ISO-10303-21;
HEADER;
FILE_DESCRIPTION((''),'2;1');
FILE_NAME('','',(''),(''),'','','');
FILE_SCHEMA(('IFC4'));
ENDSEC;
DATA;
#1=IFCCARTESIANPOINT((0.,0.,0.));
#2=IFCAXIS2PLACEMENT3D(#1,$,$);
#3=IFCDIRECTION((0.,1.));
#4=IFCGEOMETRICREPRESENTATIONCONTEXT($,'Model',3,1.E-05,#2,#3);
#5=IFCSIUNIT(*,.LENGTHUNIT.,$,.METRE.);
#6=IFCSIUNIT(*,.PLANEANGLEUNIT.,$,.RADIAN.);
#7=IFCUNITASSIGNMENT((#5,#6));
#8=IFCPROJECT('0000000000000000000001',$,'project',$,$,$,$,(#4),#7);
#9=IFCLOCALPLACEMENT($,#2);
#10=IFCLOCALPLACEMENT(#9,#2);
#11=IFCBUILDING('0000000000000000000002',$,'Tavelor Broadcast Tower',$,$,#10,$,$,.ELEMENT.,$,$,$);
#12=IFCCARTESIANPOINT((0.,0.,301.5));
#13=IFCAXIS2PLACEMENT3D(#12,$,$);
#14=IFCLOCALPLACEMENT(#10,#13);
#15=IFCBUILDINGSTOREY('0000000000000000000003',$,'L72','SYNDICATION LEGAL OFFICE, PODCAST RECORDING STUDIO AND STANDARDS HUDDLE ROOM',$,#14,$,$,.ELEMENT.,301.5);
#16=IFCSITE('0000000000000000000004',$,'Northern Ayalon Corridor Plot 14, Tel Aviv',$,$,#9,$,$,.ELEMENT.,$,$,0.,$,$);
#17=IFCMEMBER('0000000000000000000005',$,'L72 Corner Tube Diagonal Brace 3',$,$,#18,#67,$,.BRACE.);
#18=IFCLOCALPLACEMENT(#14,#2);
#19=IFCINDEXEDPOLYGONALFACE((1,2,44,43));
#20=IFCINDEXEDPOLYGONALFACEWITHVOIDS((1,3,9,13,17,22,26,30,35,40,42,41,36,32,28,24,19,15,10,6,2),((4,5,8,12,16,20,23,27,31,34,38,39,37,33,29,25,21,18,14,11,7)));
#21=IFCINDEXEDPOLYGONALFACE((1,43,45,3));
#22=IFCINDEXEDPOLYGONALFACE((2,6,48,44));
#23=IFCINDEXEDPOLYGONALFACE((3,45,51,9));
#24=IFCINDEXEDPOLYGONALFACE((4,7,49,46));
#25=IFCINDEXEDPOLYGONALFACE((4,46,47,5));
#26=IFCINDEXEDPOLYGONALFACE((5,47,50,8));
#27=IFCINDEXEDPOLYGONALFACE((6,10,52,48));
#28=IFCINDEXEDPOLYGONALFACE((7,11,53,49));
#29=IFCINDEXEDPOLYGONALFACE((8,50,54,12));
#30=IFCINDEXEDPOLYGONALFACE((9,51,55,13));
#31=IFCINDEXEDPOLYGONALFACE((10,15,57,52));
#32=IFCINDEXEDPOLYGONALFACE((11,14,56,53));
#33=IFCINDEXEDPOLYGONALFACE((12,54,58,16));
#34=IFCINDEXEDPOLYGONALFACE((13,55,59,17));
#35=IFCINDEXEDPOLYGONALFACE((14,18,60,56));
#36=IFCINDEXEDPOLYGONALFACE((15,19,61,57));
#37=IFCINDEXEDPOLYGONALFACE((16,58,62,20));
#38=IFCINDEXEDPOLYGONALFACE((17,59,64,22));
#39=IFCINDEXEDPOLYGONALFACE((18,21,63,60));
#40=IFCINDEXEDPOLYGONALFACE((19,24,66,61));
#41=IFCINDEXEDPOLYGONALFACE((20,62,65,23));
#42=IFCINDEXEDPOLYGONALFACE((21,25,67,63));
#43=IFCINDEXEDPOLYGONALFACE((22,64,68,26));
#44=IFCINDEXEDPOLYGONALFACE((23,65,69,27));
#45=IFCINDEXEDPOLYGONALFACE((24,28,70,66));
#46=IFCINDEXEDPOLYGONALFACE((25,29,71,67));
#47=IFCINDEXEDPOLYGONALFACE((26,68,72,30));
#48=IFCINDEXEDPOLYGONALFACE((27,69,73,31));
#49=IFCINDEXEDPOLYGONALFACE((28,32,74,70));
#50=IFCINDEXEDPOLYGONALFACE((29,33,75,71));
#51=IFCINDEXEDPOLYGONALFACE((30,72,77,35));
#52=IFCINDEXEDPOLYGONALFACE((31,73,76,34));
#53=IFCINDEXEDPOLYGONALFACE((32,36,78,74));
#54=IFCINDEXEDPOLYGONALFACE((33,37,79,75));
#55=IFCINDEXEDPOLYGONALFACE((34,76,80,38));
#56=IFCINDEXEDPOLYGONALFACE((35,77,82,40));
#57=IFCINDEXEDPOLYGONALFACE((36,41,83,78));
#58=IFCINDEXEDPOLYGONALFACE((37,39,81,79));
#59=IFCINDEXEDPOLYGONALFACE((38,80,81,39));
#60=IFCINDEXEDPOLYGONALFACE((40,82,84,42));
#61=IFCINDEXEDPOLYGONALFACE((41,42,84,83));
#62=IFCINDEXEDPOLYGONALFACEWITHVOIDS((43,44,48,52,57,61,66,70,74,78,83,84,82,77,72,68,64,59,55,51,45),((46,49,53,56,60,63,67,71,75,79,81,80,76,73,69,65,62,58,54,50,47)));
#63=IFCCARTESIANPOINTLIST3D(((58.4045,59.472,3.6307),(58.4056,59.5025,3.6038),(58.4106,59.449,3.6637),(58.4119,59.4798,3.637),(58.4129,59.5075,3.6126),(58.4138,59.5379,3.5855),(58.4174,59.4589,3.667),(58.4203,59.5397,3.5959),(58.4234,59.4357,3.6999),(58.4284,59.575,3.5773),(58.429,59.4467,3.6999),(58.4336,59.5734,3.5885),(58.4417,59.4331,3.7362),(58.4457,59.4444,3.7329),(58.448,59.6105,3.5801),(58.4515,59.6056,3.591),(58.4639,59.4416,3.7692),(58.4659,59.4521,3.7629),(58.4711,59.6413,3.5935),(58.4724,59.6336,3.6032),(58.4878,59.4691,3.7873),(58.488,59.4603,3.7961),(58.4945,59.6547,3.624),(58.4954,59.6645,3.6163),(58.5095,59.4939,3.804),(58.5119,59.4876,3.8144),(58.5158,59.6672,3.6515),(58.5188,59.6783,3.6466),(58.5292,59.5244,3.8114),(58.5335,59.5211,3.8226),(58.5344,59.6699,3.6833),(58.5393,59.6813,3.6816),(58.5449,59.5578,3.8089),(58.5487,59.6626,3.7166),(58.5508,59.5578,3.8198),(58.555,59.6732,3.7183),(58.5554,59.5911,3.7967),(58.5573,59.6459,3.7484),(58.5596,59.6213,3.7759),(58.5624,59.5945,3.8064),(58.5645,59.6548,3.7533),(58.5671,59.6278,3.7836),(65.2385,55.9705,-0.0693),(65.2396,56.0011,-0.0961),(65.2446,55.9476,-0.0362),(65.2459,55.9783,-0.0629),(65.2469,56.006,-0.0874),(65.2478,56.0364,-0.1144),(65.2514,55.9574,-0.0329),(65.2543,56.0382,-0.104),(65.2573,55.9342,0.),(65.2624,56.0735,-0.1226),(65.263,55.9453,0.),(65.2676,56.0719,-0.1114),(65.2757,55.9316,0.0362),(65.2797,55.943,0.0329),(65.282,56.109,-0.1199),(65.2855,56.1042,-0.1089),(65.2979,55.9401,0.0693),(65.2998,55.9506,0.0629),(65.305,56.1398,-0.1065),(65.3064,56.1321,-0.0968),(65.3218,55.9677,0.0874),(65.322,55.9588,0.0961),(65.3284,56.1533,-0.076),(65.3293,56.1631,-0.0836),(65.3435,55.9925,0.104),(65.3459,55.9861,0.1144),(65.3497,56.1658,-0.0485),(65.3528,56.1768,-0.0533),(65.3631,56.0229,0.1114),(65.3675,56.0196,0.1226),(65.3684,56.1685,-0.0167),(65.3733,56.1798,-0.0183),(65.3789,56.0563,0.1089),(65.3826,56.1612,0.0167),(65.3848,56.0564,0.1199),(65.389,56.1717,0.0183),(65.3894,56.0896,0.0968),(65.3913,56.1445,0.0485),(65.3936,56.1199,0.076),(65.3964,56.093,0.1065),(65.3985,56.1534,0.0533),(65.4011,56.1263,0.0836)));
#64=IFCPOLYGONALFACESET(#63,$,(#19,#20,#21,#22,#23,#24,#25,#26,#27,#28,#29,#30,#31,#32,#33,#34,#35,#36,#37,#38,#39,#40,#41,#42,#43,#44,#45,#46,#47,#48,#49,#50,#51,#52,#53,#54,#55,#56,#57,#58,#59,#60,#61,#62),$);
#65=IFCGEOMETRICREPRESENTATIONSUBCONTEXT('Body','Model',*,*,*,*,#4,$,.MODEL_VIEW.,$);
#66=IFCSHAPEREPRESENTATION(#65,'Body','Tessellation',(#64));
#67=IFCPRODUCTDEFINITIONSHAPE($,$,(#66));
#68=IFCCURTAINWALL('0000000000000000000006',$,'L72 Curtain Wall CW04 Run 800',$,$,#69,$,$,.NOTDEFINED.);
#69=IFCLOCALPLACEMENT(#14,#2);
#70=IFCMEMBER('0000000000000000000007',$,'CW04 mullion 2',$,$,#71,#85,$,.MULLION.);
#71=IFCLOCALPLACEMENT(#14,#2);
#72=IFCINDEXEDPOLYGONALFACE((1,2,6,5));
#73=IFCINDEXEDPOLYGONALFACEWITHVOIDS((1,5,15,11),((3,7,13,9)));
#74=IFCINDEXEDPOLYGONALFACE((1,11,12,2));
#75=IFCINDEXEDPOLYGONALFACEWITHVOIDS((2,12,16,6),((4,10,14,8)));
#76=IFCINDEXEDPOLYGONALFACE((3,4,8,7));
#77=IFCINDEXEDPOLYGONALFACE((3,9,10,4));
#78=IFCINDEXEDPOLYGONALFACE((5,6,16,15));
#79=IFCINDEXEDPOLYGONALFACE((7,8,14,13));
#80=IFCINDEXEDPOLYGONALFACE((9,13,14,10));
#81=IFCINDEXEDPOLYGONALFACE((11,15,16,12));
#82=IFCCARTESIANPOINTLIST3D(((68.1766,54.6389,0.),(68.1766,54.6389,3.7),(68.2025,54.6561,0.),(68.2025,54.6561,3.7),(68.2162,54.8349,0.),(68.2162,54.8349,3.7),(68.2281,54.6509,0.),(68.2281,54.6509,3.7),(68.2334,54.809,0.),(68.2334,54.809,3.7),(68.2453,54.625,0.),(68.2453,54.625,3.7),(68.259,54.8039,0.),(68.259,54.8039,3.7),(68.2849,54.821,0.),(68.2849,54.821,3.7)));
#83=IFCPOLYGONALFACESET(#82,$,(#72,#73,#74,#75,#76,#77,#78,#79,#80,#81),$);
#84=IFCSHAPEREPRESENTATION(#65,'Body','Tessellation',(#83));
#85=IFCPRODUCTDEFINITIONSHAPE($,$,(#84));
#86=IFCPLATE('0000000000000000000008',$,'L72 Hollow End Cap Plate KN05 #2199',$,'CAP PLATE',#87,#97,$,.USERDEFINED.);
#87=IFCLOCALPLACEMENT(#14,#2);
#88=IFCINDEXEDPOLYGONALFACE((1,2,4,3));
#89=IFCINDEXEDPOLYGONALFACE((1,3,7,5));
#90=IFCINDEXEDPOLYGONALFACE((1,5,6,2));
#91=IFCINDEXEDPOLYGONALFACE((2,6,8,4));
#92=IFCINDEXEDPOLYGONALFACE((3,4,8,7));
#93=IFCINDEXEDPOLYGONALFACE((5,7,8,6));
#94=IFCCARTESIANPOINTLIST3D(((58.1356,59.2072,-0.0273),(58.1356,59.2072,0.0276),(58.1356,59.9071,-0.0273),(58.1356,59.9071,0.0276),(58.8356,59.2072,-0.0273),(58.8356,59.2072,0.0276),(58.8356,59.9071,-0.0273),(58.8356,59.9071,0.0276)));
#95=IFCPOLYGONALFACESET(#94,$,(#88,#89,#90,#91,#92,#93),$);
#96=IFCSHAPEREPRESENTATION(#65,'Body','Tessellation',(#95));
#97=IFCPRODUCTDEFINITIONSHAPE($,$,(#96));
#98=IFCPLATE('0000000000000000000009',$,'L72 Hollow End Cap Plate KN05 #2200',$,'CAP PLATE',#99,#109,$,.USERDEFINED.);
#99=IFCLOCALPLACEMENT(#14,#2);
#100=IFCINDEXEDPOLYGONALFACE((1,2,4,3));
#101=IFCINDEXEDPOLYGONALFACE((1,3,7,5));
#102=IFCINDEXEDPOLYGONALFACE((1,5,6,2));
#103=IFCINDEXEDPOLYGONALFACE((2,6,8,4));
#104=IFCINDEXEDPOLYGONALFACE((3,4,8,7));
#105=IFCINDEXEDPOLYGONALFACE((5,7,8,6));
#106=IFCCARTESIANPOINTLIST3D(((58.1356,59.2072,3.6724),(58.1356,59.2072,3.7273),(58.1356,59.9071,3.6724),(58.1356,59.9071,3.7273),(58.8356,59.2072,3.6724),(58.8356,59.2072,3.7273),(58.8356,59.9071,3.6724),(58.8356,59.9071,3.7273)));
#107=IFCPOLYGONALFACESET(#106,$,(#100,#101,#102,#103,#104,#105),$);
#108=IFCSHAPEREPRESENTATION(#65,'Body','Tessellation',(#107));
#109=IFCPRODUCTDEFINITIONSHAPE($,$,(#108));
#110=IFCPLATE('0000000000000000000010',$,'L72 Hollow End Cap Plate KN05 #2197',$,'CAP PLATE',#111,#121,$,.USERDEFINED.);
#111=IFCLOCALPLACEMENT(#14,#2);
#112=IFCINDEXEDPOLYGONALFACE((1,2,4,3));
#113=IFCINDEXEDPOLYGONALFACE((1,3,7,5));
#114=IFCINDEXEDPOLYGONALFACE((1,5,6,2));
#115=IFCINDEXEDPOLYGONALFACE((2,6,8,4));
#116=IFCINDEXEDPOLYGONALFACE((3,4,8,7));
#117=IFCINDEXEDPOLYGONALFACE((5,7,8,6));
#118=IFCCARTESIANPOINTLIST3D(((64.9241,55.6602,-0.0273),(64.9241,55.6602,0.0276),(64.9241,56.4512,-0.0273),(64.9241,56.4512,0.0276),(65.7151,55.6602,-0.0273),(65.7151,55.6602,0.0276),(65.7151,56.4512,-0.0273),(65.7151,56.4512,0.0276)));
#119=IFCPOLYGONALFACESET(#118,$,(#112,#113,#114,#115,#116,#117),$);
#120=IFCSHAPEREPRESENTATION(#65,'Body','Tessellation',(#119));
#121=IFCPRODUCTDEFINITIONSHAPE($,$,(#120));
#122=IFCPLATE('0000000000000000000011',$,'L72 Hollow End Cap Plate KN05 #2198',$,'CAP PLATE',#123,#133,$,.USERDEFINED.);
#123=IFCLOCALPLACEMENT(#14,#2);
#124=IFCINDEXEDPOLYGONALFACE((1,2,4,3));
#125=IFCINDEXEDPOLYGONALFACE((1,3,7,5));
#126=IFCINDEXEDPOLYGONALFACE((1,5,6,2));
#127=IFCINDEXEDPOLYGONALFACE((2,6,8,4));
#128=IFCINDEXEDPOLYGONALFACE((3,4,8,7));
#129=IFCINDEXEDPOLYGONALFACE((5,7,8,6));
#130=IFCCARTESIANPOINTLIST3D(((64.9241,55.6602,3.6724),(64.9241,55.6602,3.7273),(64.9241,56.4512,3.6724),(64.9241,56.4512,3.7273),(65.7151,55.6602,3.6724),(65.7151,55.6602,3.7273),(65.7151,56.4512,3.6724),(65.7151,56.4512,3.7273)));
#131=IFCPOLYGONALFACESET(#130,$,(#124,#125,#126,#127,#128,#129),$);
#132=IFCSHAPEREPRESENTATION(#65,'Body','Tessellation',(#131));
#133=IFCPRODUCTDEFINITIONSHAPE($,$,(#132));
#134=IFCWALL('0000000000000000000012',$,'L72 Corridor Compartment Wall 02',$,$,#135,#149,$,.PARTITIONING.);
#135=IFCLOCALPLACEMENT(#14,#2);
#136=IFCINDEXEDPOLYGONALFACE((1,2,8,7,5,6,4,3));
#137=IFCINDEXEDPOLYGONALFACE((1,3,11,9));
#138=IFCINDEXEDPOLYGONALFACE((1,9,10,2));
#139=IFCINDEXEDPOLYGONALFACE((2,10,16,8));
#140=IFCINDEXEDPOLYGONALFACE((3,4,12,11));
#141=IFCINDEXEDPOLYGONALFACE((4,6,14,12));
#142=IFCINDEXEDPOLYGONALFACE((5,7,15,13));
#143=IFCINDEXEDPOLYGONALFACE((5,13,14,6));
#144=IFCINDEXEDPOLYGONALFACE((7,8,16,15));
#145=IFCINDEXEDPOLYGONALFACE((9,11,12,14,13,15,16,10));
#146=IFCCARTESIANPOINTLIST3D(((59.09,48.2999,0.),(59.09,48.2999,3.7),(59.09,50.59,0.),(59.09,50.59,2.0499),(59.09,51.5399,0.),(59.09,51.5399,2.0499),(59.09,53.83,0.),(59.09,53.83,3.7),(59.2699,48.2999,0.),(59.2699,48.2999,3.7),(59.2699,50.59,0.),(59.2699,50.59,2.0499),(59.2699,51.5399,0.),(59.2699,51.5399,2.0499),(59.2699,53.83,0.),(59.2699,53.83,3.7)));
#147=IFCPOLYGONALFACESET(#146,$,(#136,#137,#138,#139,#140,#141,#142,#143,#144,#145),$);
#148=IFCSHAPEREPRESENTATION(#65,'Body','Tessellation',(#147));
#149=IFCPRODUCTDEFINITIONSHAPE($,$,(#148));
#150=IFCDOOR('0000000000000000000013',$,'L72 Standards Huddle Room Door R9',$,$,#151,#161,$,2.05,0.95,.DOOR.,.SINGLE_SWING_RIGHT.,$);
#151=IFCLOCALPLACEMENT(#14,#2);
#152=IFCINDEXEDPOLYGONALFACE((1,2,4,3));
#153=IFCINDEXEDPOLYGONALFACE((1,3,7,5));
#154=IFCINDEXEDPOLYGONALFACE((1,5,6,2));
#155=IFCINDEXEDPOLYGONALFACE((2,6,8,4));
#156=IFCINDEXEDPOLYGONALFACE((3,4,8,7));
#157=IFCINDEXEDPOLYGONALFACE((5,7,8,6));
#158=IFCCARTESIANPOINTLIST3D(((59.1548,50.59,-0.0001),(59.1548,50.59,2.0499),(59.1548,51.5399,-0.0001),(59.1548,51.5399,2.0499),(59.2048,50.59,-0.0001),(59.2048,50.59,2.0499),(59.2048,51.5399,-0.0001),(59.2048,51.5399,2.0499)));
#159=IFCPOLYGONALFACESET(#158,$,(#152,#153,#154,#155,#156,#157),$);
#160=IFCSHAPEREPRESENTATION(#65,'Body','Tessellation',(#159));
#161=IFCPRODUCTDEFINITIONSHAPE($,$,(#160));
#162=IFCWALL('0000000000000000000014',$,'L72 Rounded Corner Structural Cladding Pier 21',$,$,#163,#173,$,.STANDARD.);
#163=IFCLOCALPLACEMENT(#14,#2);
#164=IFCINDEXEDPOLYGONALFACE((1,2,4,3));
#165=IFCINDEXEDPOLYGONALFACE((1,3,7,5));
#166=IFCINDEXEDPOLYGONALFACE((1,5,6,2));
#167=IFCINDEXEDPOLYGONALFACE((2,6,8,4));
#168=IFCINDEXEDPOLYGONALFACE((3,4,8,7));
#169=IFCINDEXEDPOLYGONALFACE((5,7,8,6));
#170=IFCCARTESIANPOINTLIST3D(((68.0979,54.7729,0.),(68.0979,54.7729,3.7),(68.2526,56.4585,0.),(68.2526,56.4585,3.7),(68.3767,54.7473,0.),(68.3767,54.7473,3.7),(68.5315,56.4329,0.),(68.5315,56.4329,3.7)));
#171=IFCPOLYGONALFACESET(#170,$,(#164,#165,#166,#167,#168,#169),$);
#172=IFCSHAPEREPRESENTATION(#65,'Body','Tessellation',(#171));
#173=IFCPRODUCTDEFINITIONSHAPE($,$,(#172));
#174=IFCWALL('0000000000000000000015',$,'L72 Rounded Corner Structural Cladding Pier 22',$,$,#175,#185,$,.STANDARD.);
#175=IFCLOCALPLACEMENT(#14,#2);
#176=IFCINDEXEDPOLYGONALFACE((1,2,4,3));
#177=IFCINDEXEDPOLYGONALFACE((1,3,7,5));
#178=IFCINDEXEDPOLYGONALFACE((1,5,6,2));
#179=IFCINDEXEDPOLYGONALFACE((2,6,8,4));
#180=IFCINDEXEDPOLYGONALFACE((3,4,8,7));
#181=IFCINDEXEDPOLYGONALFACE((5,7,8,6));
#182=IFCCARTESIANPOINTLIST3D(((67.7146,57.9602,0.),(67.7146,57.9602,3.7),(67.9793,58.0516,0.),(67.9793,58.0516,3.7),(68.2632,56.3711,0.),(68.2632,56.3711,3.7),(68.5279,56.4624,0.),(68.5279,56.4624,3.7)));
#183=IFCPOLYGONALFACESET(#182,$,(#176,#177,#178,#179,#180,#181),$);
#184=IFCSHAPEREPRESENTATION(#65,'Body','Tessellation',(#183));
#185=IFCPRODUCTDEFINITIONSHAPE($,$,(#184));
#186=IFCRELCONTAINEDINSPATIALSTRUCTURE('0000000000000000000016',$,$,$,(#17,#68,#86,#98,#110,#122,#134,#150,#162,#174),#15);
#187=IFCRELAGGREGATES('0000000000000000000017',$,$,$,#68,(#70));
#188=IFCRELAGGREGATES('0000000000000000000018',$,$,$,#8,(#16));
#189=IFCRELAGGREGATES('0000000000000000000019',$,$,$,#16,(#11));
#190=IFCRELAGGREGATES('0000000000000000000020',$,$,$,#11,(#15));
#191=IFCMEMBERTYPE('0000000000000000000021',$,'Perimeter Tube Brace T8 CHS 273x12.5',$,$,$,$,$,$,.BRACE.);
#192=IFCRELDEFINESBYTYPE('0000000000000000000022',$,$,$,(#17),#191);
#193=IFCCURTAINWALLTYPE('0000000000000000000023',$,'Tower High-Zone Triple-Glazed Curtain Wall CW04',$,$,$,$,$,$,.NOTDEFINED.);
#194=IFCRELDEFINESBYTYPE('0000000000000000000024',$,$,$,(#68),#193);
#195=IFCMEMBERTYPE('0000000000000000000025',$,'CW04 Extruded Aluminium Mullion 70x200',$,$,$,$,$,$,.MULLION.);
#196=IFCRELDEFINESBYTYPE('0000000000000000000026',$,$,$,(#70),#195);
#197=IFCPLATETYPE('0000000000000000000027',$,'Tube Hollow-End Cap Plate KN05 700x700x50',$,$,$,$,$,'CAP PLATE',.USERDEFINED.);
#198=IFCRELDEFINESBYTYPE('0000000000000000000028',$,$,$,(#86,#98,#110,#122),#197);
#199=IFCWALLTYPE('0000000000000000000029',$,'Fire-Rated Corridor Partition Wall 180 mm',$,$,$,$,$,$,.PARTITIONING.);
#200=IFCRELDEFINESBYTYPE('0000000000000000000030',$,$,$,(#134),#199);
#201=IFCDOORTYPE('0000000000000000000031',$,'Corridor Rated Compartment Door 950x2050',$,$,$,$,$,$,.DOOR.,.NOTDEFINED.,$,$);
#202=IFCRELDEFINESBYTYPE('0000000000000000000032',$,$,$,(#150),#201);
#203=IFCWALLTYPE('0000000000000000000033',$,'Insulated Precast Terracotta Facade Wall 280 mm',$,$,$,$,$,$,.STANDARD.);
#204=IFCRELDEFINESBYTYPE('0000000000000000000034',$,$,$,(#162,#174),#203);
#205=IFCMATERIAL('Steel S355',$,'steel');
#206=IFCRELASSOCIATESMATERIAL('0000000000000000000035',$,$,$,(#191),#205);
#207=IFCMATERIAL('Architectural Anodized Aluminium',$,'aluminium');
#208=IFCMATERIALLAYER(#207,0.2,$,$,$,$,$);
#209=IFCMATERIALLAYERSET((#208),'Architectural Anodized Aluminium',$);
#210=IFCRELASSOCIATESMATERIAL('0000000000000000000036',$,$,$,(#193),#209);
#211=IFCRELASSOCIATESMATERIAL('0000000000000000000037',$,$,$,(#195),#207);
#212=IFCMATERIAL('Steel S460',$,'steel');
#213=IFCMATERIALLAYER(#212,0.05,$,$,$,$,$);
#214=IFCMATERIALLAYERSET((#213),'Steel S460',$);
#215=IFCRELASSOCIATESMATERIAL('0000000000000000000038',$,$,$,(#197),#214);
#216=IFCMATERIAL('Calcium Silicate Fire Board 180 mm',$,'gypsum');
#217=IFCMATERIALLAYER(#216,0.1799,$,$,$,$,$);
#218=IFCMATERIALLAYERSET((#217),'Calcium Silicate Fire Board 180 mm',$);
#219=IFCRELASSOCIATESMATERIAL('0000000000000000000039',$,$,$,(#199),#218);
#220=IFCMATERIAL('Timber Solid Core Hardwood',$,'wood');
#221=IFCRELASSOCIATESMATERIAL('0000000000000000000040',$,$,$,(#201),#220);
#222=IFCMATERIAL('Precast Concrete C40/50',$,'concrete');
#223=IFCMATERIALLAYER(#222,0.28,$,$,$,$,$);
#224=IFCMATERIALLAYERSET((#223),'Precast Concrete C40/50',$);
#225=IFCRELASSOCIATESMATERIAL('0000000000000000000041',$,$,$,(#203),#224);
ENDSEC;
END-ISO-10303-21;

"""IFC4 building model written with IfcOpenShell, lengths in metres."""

from ifc_helpers import new_model, si_unit, direction, frame, frame_2d, origin, origin_2d, place, context, subcontext, project, spatial, rectangle, hollow_rectangle, hollow_circle, extrude, source, transform, mapped, material, layer, layer_set, material_profile, profile_set, type_object, type_shapes, element, fill, aggregate, save


model = new_model("IFC4")

# Units and contexts
model_context = context("Model", 3, precision=1e-05, world=origin(), true_north=direction((0.0, 1.0)))
body_context = subcontext(model_context, "Body", "Model", "MODEL_VIEW")
ifc_project = project(units=[si_unit("LENGTHUNIT", "METRE"), si_unit("PLANEANGLEUNIT", "RADIAN")], contexts=[model_context])

# Site, building, storey
site_placement = place(None, origin())
site = spatial("IfcSite", under=ifc_project, at=site_placement, Name="Northern Ayalon Corridor Plot 14, Tel Aviv", CompositionType="ELEMENT", RefElevation=0.0)
building_placement = place(site_placement, origin())
building = spatial("IfcBuilding", under=site, at=building_placement, Name="Tavelor Broadcast Tower", CompositionType="ELEMENT")
storey_placement = place(building_placement, frame((0.0, 0.0, 301.5)))
storey = spatial("IfcBuildingStorey", under=building, at=storey_placement, Name="L72", Description="SYNDICATION LEGAL OFFICE, PODCAST RECORDING STUDIO AND STANDARDS HUDDLE ROOM", CompositionType="ELEMENT", Elevation=301.5)

# Shared definitions
ifc_material_1 = material(Name="Steel S460", Category="steel")

# Shared definitions
ifc_material_2 = material(Name="Steel S355", Category="steel")

# Member
ifc_material_profile_1 = material_profile(ifc_material_2, hollow_circle(Radius=0.1365, WallThickness=0.0125, at=origin_2d()), Name="CHS 273x12.5")
ifc_profile_set_1 = profile_set([ifc_material_profile_1], Name="Steel S355")
member_type_1 = type_object("IfcMemberType", Name="Perimeter Tube Brace T8 CHS 273x12.5", PredefinedType="BRACE", material=ifc_profile_set_1)
member_1_placement = place(storey_placement, frame((65.3196, 56.0557, 0.0), z_axis=(-0.801764, 0.410792, 0.434079), x_axis=(-0.455993, -0.889984, 0.0)))
element("IfcMember", 1, at=member_1_placement, inside=storey, type_object=member_type_1, Name="L72 Corner Tube Diagonal Brace 3", PredefinedType="BRACE", context=body_context, shape_type="SweptSolid", body=[
    extrude(hollow_circle(Radius=0.1365, WallThickness=0.0125, at=origin_2d()), origin(), (0.0, 0.0, 1.0), 8.5237),
])

# Curtain wall, member
ifc_material_3 = material(Name="Architectural Anodized Aluminium", Category="aluminium")
ifc_layer_1 = layer(ifc_material_3, 0.2)
ifc_layer_set_1 = layer_set([ifc_layer_1], Name="Architectural Anodized Aluminium")
curtain_wall_type = type_object("IfcCurtainWallType", Name="Tower High-Zone Triple-Glazed Curtain Wall CW04", PredefinedType="NOTDEFINED", material=ifc_layer_set_1)
curtain_wall_placement = place(storey_placement, origin())
curtain_wall = element("IfcCurtainWall", 2, at=curtain_wall_placement, inside=storey, type_object=curtain_wall_type, Name="L72 Curtain Wall CW04 Run 800", PredefinedType="NOTDEFINED")
ifc_material_profile_2 = material_profile(ifc_material_3, hollow_rectangle(XDim=0.0701, YDim=0.2, WallThickness=0.022, at=origin_2d()), Name="RHS 70x200x22")
ifc_profile_set_2 = profile_set([ifc_material_profile_2], Name="Architectural Anodized Aluminium")
member_type_2 = type_object("IfcMemberType", Name="CW04 Extruded Aluminium Mullion 70x200", PredefinedType="MULLION", material=ifc_profile_set_2)
shared_shape_1 = source(origin(), body_context, "Body", "SweptSolid", [
    extrude(hollow_rectangle(XDim=0.0701, YDim=0.2, WallThickness=0.022, at=origin_2d()), origin(), (0.0, 0.0, 1.0), 3.7),
])
type_shapes(member_type_2, [shared_shape_1])
member_2_placement = place(storey_placement, frame((68.2307, 54.73, 0.0), z_axis=(0.0, 0.0, 1.0), x_axis=(-0.980188, 0.198071, 0.0)))
member_2 = element("IfcMember", 3, at=member_2_placement, type_object=member_type_2, Name="CW04 mullion 2", PredefinedType="MULLION", context=body_context, shape_type="MappedRepresentation", body=[
    mapped(shared_shape_1, transform((0.0, 0.0, 0.0), scale=1.0)),
])
aggregate(curtain_wall, [member_2])

# Plates
ifc_layer_2 = layer(ifc_material_1, 0.05)
ifc_layer_set_2 = layer_set([ifc_layer_2], Name="Steel S460")
plate_type = type_object("IfcPlateType", Name="Tube Hollow-End Cap Plate KN05 700x700x50", ElementType="CAP PLATE", PredefinedType="USERDEFINED", material=ifc_layer_set_2)
shared_shape_2 = source(origin(), body_context, "Body", "SweptSolid", [
    extrude(rectangle(XDim=0.7, YDim=0.7, at=origin_2d()), origin(), (0.0, 0.0, 1.0), 0.0549),
])
for number, where, z_axis, x_axis, name in (
    (4, (58.4856, 59.5571, -0.0273), (0.0, 0.0, 1.0), (1.0, 0.0, 0.0), "L72 Hollow End Cap Plate KN05 #2199"),
    (5, (58.4856, 59.5571, 3.6724), (0.0, 0.0, 1.0), (1.0, 0.0, 0.0), "L72 Hollow End Cap Plate KN05 #2200"),
):
    element("IfcPlate", number, at=place(storey_placement, frame(where, z_axis=z_axis, x_axis=x_axis)), inside=storey, type_object=plate_type, Name=name, ObjectType="CAP PLATE", PredefinedType="USERDEFINED", context=body_context, shape_type="MappedRepresentation", body=[
        mapped(shared_shape_2, transform((0.0, 0.0, 0.0), scale=1.0)),
    ])
shared_shape_3 = source(origin(), body_context, "Body", "SweptSolid", [
    extrude(rectangle(XDim=0.791, YDim=0.791, at=origin_2d()), origin(), (0.0, 0.0, 1.0), 0.0549),
])
type_shapes(plate_type, [shared_shape_2, shared_shape_3])
for number, where, z_axis, x_axis, name in (
    (6, (65.3196, 56.0557, -0.0273), (0.0, 0.0, 1.0), (1.0, 0.0, 0.0), "L72 Hollow End Cap Plate KN05 #2197"),
    (7, (65.3196, 56.0557, 3.6724), (0.0, 0.0, 1.0), (1.0, 0.0, 0.0), "L72 Hollow End Cap Plate KN05 #2198"),
):
    element("IfcPlate", number, at=place(storey_placement, frame(where, z_axis=z_axis, x_axis=x_axis)), inside=storey, type_object=plate_type, Name=name, ObjectType="CAP PLATE", PredefinedType="USERDEFINED", context=body_context, shape_type="MappedRepresentation", body=[
        mapped(shared_shape_3, transform((0.0, 0.0, 0.0), scale=1.0)),
    ])

# Wall, opening, door
ifc_material_4 = material(Name="Calcium Silicate Fire Board 180 mm", Category="gypsum")
ifc_layer_3 = layer(ifc_material_4, 0.1799)
ifc_layer_set_3 = layer_set([ifc_layer_3], Name="Calcium Silicate Fire Board 180 mm")
wall_type_1 = type_object("IfcWallType", Name="Fire-Rated Corridor Partition Wall 180 mm", PredefinedType="PARTITIONING", material=ifc_layer_set_3)
wall_1_placement = place(storey_placement, frame((59.1799, 53.8301, 0.0), z_axis=(0.0, 0.0, 1.0), x_axis=(0.0, -1.0, 0.0)))
wall_1 = element("IfcWall", 8, at=wall_1_placement, inside=storey, type_object=wall_type_1, Name="L72 Corridor Compartment Wall 02", PredefinedType="PARTITIONING", context=body_context, shape_type="SweptSolid", body=[
    extrude(rectangle(XDim=5.53, YDim=0.1799, at=frame_2d((2.7651, 0.0))), origin(), (0.0, 0.0, 1.0), 3.7),
])
opening_placement = place(wall_1_placement, frame((2.29, 0.0, 0.0)))
opening = element("IfcOpeningElement", 9, at=opening_placement, cuts=wall_1, PredefinedType="OPENING", context=body_context, shape_type="SweptSolid", body=[
    extrude(rectangle(XDim=0.95, YDim=2.05, at=frame_2d((0.4751, 1.0249))), frame((0.0, 0.1001, 0.0), z_axis=(0.0, -1.0, 0.0), x_axis=(1.0, 0.0, 0.0)), (0.0, 0.0, 1.0), 0.2),
])
ifc_material_5 = material(Name="Timber Solid Core Hardwood", Category="wood")
door_type = type_object("IfcDoorType", Name="Corridor Rated Compartment Door 950x2050", OperationType="NOTDEFINED", PredefinedType="DOOR", material=ifc_material_5)
door_placement = place(opening_placement, origin())
door = element("IfcDoor", 10, at=door_placement, inside=storey, type_object=door_type, Name="L72 Standards Huddle Room Door R9", OperationType="SINGLE_SWING_RIGHT", OverallHeight=2.05, OverallWidth=0.95, PredefinedType="DOOR", context=body_context, shape_type="SweptSolid", body=[
    extrude(rectangle(XDim=0.95, YDim=2.05, at=frame_2d((0.4751, 1.0249))), frame((0.0, 0.0249, 0.0), z_axis=(0.0, -1.0, 0.0), x_axis=(1.0, 0.0, 0.0)), (0.0, 0.0, 1.0), 0.05),
])
fill(opening, door)

# Walls
ifc_material_6 = material(Name="Precast Concrete C40/50", Category="concrete")
ifc_layer_4 = layer(ifc_material_6, 0.28)
ifc_layer_set_4 = layer_set([ifc_layer_4], Name="Precast Concrete C40/50")
wall_type_2 = type_object("IfcWallType", Name="Insulated Precast Terracotta Facade Wall 280 mm", PredefinedType="STANDARD", material=ifc_layer_set_4)
wall_2_placement = place(storey_placement, frame((68.2373, 54.7603, 0.0), z_axis=(0.0, 0.0, 1.0), x_axis=(0.091446, 0.99581, 0.0)))
element("IfcWall", 11, at=wall_2_placement, inside=storey, type_object=wall_type_2, Name="L72 Rounded Corner Structural Cladding Pier 21", PredefinedType="STANDARD", context=body_context, shape_type="SweptSolid", body=[
    extrude(rectangle(XDim=1.6926, YDim=0.28, at=frame_2d((0.8462, 0.0))), origin(), (0.0, 0.0, 1.0), 3.7),
])
wall_3_placement = place(storey_placement, frame((68.3955, 56.4167, 0.0), z_axis=(0.0, 0.0, 1.0), x_axis=(-0.326317, 0.94526, 0.0)))
element("IfcWall", 12, at=wall_3_placement, inside=storey, type_object=wall_type_2, Name="L72 Rounded Corner Structural Cladding Pier 22", PredefinedType="STANDARD", context=body_context, shape_type="SweptSolid", body=[
    extrude(rectangle(XDim=1.6812, YDim=0.28, at=frame_2d((0.8406, 0.0))), origin(), (0.0, 0.0, 1.0), 3.7),
])

save(model, "model.ifc")
